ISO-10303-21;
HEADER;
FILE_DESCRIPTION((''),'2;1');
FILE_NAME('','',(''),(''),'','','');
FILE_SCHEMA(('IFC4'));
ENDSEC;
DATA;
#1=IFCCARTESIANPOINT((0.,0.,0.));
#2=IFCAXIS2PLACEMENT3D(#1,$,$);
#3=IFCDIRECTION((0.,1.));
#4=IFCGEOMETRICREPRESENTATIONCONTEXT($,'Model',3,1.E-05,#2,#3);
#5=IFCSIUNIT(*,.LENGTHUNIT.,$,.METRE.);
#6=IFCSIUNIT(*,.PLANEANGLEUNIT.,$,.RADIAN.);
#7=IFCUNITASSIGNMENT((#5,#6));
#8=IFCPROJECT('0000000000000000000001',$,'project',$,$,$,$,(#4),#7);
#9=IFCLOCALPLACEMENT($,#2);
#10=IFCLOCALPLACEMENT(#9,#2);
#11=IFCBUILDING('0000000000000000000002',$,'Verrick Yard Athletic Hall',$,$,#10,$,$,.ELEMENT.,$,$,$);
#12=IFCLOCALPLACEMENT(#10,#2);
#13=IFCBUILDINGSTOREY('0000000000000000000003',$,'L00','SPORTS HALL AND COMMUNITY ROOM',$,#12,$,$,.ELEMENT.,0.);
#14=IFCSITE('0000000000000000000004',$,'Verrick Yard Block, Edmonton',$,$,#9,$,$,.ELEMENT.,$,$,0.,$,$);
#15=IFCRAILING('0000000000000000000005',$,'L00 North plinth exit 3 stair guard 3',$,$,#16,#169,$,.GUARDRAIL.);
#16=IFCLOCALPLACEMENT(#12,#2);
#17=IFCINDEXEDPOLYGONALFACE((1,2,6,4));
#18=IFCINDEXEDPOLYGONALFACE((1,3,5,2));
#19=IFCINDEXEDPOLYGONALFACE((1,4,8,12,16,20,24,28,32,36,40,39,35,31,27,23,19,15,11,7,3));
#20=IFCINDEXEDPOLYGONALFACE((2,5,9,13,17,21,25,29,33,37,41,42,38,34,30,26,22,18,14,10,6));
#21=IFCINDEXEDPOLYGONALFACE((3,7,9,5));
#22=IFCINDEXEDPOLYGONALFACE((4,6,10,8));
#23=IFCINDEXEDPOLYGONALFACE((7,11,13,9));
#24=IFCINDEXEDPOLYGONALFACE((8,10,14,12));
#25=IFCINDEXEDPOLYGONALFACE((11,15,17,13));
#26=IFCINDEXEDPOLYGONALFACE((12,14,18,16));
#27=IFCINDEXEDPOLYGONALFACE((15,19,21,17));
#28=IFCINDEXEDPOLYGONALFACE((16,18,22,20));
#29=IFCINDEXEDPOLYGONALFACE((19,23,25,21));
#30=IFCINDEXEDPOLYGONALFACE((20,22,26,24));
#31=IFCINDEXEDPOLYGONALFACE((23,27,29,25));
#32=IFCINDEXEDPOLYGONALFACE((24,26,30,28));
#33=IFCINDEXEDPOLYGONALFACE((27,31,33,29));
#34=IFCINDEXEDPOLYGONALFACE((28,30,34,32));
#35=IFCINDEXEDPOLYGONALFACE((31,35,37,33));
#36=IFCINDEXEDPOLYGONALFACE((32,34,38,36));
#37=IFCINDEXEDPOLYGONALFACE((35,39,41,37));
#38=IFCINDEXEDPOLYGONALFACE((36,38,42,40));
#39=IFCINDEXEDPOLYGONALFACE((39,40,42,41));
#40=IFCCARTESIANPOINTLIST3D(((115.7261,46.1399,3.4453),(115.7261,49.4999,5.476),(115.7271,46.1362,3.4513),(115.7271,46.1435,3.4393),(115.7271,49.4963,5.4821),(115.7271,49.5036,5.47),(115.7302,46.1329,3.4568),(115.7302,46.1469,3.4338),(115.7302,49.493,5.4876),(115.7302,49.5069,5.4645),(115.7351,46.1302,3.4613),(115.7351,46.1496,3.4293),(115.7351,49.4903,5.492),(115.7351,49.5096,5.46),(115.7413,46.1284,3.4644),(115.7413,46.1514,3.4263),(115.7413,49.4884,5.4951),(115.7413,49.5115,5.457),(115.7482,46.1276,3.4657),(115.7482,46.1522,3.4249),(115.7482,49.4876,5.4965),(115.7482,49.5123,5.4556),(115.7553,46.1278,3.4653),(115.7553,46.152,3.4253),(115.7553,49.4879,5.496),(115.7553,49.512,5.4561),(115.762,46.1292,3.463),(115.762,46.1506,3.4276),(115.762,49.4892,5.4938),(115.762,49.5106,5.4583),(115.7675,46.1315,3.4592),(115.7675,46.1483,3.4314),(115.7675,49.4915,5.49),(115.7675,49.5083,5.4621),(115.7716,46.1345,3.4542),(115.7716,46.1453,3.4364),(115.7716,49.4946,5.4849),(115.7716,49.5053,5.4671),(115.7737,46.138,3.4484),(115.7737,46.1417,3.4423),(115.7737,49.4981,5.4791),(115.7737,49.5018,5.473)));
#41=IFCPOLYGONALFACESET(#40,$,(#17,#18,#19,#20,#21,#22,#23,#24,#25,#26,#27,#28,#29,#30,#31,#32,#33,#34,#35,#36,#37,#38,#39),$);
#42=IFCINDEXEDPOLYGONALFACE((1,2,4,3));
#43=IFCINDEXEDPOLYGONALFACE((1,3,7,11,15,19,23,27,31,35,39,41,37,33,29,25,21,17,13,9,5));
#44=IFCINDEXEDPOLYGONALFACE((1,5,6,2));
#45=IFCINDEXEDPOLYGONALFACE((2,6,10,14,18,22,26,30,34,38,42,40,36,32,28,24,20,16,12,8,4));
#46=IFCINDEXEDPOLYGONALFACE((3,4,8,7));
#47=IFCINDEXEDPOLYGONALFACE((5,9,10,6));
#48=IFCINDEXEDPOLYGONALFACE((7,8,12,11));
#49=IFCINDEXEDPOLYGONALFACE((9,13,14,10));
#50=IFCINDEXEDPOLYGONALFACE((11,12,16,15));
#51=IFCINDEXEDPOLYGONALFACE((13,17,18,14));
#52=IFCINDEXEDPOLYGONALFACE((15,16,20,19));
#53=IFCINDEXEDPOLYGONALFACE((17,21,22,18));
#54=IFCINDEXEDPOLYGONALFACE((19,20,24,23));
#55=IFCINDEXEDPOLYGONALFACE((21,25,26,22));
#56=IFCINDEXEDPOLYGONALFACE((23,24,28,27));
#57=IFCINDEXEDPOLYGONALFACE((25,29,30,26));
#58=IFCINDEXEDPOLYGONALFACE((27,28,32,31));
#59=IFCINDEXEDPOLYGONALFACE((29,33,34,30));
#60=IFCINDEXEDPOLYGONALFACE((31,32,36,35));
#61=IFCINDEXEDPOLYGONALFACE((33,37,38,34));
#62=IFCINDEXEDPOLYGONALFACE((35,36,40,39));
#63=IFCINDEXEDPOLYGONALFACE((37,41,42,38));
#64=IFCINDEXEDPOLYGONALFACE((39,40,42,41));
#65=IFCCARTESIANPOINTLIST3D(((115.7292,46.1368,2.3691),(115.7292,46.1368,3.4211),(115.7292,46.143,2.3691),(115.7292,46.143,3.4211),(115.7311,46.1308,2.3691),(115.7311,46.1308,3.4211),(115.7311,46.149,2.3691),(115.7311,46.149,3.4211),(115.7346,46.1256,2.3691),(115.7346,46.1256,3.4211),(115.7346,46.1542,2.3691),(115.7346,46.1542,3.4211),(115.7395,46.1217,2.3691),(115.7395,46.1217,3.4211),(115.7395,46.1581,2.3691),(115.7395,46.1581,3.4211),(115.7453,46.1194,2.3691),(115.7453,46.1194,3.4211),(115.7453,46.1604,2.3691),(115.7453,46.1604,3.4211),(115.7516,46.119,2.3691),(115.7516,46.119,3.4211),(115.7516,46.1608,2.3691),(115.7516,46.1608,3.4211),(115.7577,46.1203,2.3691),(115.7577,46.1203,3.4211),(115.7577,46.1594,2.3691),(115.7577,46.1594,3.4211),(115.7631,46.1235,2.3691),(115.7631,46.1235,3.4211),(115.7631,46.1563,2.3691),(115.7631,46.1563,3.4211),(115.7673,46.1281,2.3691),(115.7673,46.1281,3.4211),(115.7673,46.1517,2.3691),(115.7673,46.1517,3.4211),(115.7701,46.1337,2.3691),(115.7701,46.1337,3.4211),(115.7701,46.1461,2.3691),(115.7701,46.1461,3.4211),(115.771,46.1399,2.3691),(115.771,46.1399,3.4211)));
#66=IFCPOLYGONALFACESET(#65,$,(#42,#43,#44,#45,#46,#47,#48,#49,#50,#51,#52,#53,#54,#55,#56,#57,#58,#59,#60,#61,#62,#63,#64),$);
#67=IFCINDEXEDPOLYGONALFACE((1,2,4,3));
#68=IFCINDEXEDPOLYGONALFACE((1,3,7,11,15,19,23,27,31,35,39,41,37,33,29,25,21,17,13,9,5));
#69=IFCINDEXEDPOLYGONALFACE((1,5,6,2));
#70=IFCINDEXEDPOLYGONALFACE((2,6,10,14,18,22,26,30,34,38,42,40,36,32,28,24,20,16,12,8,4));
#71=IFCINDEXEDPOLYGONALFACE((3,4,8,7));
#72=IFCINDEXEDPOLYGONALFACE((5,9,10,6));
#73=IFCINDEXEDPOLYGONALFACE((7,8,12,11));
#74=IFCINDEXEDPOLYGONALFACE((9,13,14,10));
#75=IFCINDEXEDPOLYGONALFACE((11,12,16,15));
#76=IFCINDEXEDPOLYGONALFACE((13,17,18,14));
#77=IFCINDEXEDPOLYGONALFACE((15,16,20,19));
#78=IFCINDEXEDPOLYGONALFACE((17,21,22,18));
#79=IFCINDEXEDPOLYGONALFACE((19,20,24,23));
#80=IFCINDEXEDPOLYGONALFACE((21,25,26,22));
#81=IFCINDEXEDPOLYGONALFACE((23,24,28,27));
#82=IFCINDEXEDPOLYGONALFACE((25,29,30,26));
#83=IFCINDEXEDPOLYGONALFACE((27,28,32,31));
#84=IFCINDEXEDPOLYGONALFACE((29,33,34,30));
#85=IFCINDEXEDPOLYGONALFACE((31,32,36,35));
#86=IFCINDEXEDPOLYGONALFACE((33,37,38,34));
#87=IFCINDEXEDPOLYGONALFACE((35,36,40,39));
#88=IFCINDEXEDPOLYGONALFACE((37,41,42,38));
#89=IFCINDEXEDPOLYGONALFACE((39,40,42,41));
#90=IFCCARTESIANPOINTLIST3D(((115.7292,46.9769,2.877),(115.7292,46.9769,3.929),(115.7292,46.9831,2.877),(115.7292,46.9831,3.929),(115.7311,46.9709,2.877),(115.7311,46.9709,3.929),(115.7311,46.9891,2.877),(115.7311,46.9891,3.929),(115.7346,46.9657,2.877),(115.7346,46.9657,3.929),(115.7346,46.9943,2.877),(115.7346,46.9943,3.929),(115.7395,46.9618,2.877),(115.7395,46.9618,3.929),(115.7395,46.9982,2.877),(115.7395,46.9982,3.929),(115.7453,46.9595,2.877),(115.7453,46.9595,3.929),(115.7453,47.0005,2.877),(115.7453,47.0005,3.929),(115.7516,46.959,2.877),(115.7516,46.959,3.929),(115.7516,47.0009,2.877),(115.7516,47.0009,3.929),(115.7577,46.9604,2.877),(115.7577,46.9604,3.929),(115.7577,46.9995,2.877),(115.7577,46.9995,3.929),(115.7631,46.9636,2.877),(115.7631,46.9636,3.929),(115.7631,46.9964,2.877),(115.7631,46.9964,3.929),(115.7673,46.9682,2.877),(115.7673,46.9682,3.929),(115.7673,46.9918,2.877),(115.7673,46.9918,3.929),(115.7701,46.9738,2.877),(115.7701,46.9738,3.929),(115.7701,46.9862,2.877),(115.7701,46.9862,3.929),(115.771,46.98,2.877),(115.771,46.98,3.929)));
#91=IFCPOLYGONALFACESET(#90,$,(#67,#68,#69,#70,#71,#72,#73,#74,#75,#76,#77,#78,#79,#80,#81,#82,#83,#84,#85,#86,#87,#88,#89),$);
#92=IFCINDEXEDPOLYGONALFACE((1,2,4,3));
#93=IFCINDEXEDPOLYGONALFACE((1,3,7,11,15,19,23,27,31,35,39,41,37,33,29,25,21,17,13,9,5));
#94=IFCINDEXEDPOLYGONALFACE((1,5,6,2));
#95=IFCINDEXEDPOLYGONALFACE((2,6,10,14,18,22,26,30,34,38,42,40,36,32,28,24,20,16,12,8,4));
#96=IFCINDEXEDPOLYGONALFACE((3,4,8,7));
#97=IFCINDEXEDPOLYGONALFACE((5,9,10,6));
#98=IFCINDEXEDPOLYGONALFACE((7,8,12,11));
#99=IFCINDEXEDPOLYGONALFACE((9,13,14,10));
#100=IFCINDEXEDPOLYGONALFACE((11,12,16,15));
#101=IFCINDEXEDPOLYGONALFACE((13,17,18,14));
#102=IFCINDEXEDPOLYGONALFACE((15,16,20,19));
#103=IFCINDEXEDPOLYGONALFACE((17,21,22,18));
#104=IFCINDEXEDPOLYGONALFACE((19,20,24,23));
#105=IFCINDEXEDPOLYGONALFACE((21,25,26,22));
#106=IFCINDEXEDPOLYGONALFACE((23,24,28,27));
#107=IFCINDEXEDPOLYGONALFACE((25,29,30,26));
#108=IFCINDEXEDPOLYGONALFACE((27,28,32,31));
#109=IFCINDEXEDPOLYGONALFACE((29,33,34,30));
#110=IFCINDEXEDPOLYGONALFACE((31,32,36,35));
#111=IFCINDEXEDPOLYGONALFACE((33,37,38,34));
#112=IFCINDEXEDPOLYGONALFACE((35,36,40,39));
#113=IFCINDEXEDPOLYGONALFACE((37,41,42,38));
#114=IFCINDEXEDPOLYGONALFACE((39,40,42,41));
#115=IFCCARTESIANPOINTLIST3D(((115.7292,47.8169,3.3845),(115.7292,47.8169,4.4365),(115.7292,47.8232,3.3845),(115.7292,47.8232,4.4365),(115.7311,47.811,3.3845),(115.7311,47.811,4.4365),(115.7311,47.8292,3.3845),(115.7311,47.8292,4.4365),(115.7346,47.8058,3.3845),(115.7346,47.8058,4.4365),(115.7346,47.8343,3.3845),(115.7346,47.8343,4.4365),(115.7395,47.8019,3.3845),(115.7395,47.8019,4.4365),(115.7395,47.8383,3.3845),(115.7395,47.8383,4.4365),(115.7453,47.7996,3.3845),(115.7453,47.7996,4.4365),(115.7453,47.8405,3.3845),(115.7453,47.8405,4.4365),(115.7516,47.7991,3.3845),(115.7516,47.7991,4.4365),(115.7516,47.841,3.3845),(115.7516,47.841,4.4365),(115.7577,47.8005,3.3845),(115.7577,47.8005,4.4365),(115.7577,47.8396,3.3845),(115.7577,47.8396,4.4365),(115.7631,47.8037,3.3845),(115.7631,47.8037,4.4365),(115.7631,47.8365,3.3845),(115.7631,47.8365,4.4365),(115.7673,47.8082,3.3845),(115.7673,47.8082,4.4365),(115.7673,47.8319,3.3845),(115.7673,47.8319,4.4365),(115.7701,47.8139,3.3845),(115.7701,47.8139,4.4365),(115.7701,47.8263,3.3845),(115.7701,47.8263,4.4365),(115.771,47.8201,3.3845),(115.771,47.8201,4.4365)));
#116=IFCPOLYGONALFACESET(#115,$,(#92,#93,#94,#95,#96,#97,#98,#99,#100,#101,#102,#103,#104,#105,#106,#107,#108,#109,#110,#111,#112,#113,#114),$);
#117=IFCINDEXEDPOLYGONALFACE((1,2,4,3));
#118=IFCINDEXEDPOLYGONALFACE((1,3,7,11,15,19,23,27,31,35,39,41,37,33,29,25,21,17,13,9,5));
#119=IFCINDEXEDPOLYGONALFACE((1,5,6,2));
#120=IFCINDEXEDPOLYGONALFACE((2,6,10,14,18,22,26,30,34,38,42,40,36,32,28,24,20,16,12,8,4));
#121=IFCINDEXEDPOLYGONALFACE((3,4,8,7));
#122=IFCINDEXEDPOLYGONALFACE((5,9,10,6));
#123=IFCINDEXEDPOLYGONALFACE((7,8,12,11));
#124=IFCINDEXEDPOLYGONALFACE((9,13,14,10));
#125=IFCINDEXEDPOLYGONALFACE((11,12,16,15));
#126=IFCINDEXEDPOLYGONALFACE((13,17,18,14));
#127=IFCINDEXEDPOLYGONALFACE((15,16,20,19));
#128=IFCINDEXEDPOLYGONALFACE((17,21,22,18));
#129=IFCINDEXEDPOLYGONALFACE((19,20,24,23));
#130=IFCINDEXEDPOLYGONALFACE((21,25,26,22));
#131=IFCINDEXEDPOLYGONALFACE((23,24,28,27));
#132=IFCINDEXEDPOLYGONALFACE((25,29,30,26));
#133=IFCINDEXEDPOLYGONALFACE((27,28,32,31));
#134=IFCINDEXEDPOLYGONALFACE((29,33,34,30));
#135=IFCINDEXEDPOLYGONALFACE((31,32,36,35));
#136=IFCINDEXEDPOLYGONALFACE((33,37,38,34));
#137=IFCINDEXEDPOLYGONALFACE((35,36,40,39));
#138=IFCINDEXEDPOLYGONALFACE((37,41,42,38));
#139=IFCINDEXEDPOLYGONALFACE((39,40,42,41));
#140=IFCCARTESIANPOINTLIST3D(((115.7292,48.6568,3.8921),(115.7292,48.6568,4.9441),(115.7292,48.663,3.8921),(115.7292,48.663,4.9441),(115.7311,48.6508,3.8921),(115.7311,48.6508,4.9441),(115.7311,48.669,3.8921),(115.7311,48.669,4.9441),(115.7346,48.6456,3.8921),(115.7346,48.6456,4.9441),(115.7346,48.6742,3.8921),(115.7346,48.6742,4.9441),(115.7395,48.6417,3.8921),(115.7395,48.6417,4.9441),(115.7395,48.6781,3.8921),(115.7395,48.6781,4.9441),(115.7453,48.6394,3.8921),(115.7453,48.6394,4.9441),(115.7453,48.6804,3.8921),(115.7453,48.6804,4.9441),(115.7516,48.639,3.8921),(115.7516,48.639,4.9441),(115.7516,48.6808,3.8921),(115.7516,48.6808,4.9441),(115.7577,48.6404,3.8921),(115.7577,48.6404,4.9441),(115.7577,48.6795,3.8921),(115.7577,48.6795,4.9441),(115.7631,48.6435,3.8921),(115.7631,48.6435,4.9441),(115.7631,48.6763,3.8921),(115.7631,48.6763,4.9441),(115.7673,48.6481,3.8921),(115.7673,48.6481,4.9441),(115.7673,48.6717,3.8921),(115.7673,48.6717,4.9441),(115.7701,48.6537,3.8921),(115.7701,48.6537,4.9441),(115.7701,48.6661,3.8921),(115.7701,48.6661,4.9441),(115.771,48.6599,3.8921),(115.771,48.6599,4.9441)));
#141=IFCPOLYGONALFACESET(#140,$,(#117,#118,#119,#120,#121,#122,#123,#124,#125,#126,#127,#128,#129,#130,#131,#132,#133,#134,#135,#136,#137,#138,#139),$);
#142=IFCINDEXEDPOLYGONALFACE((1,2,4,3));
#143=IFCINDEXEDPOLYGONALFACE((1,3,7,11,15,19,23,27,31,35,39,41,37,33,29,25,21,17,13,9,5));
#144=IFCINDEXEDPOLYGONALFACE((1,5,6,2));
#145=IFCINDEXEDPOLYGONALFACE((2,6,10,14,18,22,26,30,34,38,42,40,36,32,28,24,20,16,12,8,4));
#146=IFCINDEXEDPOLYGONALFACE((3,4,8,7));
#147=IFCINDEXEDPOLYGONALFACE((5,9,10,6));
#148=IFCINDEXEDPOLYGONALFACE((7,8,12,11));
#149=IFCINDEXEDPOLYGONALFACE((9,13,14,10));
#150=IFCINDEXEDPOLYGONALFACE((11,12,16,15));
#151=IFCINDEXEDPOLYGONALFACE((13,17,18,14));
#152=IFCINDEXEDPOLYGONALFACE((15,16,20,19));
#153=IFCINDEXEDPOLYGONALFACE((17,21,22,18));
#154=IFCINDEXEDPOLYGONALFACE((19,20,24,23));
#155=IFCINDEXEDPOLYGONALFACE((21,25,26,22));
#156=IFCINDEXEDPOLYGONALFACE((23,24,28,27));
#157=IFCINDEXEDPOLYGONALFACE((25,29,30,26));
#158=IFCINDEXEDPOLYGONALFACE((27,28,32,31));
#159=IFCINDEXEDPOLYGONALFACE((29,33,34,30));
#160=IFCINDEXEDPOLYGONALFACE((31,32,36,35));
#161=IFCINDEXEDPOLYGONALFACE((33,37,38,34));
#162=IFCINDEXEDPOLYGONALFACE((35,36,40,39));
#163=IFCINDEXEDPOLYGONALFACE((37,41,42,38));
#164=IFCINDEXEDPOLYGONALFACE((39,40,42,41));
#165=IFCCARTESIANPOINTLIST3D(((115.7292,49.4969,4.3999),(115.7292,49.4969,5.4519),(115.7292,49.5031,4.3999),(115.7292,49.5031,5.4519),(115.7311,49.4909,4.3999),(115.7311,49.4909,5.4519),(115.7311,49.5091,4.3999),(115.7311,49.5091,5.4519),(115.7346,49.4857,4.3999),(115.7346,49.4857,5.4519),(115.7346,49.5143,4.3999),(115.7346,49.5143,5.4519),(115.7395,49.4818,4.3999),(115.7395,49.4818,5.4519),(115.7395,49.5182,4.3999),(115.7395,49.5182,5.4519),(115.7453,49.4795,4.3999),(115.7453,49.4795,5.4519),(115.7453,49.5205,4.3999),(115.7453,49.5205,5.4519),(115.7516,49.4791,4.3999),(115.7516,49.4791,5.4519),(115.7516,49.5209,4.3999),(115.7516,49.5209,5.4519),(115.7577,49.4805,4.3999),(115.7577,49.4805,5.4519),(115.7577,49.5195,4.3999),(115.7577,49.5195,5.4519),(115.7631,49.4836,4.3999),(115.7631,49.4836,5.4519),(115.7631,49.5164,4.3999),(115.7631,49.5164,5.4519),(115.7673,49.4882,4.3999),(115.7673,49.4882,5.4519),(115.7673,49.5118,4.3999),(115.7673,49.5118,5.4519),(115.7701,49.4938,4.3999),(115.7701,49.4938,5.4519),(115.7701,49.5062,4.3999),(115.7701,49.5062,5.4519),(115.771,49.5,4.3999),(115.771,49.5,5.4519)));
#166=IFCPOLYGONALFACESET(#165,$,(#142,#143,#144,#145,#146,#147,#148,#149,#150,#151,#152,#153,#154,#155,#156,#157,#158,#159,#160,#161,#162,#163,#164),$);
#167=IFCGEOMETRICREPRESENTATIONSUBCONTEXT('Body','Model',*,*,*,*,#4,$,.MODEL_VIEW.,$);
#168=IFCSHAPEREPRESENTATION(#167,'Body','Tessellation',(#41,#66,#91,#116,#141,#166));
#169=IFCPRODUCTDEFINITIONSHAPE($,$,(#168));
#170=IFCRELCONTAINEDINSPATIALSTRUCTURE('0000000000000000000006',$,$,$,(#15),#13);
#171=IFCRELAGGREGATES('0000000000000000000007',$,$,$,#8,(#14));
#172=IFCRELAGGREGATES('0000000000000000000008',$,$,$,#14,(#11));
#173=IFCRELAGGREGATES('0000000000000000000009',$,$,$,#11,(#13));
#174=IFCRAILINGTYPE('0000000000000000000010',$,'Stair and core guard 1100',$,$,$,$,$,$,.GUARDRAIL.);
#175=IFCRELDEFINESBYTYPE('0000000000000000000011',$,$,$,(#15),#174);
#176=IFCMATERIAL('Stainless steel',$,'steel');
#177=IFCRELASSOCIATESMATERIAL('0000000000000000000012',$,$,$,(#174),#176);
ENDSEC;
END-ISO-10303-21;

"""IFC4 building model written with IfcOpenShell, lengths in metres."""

from ifc_helpers import new_model, si_unit, direction, frame, origin, origin_2d, place, context, subcontext, project, spatial, circle, extrude, material, type_object, element, save


model = new_model("IFC4")

# Units and contexts
model_context = context("Model", 3, precision=1e-05, world=origin(), true_north=direction((0.0, 1.0)))
body_context = subcontext(model_context, "Body", "Model", "MODEL_VIEW")
ifc_project = project(units=[si_unit("LENGTHUNIT", "METRE"), si_unit("PLANEANGLEUNIT", "RADIAN")], contexts=[model_context])

# Site, building, storey
site_placement = place(None, origin())
site = spatial("IfcSite", under=ifc_project, at=site_placement, Name="Verrick Yard Block, Edmonton", CompositionType="ELEMENT", RefElevation=0.0)
building_placement = place(site_placement, origin())
building = spatial("IfcBuilding", under=site, at=building_placement, Name="Verrick Yard Athletic Hall", CompositionType="ELEMENT")
storey_placement = place(building_placement, origin())
storey = spatial("IfcBuildingStorey", under=building, at=storey_placement, Name="L00", Description="SPORTS HALL AND COMMUNITY ROOM", CompositionType="ELEMENT", Elevation=0.0)

# Railing
ifc_material_1 = material(Name="Stainless steel", Category="steel")
railing_type_1 = type_object("IfcRailingType", Name="Stair and core guard 1100", PredefinedType="GUARDRAIL", material=ifc_material_1)
railing_1_placement = place(storey_placement, frame((115.75, 46.1399, 2.3691)))
element("IfcRailing", 1, at=railing_1_placement, inside=storey, type_object=railing_type_1, Name="L00 North plinth exit 3 stair guard 3", PredefinedType="GUARDRAIL", context=body_context, shape_type="SweptSolid", body=[
    extrude(circle(Radius=0.0239, at=origin_2d()), frame((0.0, 0.0, 1.0762), z_axis=(0.0, 0.855837, 0.517246), x_axis=(-1.0, 0.0, 0.0)), (0.0, 0.0, 1.0), 3.926),
    extrude(circle(Radius=0.021, at=origin_2d()), origin(), (0.0, 0.0, 1.0), 1.052),
    extrude(circle(Radius=0.021, at=origin_2d()), frame((0.0, 0.8401, 0.5078)), (0.0, 0.0, 1.0), 1.052),
    extrude(circle(Radius=0.021, at=origin_2d()), frame((0.0, 1.6802, 1.0154)), (0.0, 0.0, 1.0), 1.052),
    extrude(circle(Radius=0.021, at=origin_2d()), frame((0.0, 2.52, 1.5229)), (0.0, 0.0, 1.0), 1.052),
    extrude(circle(Radius=0.021, at=origin_2d()), frame((0.0, 3.3601, 2.0308)), (0.0, 0.0, 1.0), 1.052),
])

save(model, "model.ifc")
